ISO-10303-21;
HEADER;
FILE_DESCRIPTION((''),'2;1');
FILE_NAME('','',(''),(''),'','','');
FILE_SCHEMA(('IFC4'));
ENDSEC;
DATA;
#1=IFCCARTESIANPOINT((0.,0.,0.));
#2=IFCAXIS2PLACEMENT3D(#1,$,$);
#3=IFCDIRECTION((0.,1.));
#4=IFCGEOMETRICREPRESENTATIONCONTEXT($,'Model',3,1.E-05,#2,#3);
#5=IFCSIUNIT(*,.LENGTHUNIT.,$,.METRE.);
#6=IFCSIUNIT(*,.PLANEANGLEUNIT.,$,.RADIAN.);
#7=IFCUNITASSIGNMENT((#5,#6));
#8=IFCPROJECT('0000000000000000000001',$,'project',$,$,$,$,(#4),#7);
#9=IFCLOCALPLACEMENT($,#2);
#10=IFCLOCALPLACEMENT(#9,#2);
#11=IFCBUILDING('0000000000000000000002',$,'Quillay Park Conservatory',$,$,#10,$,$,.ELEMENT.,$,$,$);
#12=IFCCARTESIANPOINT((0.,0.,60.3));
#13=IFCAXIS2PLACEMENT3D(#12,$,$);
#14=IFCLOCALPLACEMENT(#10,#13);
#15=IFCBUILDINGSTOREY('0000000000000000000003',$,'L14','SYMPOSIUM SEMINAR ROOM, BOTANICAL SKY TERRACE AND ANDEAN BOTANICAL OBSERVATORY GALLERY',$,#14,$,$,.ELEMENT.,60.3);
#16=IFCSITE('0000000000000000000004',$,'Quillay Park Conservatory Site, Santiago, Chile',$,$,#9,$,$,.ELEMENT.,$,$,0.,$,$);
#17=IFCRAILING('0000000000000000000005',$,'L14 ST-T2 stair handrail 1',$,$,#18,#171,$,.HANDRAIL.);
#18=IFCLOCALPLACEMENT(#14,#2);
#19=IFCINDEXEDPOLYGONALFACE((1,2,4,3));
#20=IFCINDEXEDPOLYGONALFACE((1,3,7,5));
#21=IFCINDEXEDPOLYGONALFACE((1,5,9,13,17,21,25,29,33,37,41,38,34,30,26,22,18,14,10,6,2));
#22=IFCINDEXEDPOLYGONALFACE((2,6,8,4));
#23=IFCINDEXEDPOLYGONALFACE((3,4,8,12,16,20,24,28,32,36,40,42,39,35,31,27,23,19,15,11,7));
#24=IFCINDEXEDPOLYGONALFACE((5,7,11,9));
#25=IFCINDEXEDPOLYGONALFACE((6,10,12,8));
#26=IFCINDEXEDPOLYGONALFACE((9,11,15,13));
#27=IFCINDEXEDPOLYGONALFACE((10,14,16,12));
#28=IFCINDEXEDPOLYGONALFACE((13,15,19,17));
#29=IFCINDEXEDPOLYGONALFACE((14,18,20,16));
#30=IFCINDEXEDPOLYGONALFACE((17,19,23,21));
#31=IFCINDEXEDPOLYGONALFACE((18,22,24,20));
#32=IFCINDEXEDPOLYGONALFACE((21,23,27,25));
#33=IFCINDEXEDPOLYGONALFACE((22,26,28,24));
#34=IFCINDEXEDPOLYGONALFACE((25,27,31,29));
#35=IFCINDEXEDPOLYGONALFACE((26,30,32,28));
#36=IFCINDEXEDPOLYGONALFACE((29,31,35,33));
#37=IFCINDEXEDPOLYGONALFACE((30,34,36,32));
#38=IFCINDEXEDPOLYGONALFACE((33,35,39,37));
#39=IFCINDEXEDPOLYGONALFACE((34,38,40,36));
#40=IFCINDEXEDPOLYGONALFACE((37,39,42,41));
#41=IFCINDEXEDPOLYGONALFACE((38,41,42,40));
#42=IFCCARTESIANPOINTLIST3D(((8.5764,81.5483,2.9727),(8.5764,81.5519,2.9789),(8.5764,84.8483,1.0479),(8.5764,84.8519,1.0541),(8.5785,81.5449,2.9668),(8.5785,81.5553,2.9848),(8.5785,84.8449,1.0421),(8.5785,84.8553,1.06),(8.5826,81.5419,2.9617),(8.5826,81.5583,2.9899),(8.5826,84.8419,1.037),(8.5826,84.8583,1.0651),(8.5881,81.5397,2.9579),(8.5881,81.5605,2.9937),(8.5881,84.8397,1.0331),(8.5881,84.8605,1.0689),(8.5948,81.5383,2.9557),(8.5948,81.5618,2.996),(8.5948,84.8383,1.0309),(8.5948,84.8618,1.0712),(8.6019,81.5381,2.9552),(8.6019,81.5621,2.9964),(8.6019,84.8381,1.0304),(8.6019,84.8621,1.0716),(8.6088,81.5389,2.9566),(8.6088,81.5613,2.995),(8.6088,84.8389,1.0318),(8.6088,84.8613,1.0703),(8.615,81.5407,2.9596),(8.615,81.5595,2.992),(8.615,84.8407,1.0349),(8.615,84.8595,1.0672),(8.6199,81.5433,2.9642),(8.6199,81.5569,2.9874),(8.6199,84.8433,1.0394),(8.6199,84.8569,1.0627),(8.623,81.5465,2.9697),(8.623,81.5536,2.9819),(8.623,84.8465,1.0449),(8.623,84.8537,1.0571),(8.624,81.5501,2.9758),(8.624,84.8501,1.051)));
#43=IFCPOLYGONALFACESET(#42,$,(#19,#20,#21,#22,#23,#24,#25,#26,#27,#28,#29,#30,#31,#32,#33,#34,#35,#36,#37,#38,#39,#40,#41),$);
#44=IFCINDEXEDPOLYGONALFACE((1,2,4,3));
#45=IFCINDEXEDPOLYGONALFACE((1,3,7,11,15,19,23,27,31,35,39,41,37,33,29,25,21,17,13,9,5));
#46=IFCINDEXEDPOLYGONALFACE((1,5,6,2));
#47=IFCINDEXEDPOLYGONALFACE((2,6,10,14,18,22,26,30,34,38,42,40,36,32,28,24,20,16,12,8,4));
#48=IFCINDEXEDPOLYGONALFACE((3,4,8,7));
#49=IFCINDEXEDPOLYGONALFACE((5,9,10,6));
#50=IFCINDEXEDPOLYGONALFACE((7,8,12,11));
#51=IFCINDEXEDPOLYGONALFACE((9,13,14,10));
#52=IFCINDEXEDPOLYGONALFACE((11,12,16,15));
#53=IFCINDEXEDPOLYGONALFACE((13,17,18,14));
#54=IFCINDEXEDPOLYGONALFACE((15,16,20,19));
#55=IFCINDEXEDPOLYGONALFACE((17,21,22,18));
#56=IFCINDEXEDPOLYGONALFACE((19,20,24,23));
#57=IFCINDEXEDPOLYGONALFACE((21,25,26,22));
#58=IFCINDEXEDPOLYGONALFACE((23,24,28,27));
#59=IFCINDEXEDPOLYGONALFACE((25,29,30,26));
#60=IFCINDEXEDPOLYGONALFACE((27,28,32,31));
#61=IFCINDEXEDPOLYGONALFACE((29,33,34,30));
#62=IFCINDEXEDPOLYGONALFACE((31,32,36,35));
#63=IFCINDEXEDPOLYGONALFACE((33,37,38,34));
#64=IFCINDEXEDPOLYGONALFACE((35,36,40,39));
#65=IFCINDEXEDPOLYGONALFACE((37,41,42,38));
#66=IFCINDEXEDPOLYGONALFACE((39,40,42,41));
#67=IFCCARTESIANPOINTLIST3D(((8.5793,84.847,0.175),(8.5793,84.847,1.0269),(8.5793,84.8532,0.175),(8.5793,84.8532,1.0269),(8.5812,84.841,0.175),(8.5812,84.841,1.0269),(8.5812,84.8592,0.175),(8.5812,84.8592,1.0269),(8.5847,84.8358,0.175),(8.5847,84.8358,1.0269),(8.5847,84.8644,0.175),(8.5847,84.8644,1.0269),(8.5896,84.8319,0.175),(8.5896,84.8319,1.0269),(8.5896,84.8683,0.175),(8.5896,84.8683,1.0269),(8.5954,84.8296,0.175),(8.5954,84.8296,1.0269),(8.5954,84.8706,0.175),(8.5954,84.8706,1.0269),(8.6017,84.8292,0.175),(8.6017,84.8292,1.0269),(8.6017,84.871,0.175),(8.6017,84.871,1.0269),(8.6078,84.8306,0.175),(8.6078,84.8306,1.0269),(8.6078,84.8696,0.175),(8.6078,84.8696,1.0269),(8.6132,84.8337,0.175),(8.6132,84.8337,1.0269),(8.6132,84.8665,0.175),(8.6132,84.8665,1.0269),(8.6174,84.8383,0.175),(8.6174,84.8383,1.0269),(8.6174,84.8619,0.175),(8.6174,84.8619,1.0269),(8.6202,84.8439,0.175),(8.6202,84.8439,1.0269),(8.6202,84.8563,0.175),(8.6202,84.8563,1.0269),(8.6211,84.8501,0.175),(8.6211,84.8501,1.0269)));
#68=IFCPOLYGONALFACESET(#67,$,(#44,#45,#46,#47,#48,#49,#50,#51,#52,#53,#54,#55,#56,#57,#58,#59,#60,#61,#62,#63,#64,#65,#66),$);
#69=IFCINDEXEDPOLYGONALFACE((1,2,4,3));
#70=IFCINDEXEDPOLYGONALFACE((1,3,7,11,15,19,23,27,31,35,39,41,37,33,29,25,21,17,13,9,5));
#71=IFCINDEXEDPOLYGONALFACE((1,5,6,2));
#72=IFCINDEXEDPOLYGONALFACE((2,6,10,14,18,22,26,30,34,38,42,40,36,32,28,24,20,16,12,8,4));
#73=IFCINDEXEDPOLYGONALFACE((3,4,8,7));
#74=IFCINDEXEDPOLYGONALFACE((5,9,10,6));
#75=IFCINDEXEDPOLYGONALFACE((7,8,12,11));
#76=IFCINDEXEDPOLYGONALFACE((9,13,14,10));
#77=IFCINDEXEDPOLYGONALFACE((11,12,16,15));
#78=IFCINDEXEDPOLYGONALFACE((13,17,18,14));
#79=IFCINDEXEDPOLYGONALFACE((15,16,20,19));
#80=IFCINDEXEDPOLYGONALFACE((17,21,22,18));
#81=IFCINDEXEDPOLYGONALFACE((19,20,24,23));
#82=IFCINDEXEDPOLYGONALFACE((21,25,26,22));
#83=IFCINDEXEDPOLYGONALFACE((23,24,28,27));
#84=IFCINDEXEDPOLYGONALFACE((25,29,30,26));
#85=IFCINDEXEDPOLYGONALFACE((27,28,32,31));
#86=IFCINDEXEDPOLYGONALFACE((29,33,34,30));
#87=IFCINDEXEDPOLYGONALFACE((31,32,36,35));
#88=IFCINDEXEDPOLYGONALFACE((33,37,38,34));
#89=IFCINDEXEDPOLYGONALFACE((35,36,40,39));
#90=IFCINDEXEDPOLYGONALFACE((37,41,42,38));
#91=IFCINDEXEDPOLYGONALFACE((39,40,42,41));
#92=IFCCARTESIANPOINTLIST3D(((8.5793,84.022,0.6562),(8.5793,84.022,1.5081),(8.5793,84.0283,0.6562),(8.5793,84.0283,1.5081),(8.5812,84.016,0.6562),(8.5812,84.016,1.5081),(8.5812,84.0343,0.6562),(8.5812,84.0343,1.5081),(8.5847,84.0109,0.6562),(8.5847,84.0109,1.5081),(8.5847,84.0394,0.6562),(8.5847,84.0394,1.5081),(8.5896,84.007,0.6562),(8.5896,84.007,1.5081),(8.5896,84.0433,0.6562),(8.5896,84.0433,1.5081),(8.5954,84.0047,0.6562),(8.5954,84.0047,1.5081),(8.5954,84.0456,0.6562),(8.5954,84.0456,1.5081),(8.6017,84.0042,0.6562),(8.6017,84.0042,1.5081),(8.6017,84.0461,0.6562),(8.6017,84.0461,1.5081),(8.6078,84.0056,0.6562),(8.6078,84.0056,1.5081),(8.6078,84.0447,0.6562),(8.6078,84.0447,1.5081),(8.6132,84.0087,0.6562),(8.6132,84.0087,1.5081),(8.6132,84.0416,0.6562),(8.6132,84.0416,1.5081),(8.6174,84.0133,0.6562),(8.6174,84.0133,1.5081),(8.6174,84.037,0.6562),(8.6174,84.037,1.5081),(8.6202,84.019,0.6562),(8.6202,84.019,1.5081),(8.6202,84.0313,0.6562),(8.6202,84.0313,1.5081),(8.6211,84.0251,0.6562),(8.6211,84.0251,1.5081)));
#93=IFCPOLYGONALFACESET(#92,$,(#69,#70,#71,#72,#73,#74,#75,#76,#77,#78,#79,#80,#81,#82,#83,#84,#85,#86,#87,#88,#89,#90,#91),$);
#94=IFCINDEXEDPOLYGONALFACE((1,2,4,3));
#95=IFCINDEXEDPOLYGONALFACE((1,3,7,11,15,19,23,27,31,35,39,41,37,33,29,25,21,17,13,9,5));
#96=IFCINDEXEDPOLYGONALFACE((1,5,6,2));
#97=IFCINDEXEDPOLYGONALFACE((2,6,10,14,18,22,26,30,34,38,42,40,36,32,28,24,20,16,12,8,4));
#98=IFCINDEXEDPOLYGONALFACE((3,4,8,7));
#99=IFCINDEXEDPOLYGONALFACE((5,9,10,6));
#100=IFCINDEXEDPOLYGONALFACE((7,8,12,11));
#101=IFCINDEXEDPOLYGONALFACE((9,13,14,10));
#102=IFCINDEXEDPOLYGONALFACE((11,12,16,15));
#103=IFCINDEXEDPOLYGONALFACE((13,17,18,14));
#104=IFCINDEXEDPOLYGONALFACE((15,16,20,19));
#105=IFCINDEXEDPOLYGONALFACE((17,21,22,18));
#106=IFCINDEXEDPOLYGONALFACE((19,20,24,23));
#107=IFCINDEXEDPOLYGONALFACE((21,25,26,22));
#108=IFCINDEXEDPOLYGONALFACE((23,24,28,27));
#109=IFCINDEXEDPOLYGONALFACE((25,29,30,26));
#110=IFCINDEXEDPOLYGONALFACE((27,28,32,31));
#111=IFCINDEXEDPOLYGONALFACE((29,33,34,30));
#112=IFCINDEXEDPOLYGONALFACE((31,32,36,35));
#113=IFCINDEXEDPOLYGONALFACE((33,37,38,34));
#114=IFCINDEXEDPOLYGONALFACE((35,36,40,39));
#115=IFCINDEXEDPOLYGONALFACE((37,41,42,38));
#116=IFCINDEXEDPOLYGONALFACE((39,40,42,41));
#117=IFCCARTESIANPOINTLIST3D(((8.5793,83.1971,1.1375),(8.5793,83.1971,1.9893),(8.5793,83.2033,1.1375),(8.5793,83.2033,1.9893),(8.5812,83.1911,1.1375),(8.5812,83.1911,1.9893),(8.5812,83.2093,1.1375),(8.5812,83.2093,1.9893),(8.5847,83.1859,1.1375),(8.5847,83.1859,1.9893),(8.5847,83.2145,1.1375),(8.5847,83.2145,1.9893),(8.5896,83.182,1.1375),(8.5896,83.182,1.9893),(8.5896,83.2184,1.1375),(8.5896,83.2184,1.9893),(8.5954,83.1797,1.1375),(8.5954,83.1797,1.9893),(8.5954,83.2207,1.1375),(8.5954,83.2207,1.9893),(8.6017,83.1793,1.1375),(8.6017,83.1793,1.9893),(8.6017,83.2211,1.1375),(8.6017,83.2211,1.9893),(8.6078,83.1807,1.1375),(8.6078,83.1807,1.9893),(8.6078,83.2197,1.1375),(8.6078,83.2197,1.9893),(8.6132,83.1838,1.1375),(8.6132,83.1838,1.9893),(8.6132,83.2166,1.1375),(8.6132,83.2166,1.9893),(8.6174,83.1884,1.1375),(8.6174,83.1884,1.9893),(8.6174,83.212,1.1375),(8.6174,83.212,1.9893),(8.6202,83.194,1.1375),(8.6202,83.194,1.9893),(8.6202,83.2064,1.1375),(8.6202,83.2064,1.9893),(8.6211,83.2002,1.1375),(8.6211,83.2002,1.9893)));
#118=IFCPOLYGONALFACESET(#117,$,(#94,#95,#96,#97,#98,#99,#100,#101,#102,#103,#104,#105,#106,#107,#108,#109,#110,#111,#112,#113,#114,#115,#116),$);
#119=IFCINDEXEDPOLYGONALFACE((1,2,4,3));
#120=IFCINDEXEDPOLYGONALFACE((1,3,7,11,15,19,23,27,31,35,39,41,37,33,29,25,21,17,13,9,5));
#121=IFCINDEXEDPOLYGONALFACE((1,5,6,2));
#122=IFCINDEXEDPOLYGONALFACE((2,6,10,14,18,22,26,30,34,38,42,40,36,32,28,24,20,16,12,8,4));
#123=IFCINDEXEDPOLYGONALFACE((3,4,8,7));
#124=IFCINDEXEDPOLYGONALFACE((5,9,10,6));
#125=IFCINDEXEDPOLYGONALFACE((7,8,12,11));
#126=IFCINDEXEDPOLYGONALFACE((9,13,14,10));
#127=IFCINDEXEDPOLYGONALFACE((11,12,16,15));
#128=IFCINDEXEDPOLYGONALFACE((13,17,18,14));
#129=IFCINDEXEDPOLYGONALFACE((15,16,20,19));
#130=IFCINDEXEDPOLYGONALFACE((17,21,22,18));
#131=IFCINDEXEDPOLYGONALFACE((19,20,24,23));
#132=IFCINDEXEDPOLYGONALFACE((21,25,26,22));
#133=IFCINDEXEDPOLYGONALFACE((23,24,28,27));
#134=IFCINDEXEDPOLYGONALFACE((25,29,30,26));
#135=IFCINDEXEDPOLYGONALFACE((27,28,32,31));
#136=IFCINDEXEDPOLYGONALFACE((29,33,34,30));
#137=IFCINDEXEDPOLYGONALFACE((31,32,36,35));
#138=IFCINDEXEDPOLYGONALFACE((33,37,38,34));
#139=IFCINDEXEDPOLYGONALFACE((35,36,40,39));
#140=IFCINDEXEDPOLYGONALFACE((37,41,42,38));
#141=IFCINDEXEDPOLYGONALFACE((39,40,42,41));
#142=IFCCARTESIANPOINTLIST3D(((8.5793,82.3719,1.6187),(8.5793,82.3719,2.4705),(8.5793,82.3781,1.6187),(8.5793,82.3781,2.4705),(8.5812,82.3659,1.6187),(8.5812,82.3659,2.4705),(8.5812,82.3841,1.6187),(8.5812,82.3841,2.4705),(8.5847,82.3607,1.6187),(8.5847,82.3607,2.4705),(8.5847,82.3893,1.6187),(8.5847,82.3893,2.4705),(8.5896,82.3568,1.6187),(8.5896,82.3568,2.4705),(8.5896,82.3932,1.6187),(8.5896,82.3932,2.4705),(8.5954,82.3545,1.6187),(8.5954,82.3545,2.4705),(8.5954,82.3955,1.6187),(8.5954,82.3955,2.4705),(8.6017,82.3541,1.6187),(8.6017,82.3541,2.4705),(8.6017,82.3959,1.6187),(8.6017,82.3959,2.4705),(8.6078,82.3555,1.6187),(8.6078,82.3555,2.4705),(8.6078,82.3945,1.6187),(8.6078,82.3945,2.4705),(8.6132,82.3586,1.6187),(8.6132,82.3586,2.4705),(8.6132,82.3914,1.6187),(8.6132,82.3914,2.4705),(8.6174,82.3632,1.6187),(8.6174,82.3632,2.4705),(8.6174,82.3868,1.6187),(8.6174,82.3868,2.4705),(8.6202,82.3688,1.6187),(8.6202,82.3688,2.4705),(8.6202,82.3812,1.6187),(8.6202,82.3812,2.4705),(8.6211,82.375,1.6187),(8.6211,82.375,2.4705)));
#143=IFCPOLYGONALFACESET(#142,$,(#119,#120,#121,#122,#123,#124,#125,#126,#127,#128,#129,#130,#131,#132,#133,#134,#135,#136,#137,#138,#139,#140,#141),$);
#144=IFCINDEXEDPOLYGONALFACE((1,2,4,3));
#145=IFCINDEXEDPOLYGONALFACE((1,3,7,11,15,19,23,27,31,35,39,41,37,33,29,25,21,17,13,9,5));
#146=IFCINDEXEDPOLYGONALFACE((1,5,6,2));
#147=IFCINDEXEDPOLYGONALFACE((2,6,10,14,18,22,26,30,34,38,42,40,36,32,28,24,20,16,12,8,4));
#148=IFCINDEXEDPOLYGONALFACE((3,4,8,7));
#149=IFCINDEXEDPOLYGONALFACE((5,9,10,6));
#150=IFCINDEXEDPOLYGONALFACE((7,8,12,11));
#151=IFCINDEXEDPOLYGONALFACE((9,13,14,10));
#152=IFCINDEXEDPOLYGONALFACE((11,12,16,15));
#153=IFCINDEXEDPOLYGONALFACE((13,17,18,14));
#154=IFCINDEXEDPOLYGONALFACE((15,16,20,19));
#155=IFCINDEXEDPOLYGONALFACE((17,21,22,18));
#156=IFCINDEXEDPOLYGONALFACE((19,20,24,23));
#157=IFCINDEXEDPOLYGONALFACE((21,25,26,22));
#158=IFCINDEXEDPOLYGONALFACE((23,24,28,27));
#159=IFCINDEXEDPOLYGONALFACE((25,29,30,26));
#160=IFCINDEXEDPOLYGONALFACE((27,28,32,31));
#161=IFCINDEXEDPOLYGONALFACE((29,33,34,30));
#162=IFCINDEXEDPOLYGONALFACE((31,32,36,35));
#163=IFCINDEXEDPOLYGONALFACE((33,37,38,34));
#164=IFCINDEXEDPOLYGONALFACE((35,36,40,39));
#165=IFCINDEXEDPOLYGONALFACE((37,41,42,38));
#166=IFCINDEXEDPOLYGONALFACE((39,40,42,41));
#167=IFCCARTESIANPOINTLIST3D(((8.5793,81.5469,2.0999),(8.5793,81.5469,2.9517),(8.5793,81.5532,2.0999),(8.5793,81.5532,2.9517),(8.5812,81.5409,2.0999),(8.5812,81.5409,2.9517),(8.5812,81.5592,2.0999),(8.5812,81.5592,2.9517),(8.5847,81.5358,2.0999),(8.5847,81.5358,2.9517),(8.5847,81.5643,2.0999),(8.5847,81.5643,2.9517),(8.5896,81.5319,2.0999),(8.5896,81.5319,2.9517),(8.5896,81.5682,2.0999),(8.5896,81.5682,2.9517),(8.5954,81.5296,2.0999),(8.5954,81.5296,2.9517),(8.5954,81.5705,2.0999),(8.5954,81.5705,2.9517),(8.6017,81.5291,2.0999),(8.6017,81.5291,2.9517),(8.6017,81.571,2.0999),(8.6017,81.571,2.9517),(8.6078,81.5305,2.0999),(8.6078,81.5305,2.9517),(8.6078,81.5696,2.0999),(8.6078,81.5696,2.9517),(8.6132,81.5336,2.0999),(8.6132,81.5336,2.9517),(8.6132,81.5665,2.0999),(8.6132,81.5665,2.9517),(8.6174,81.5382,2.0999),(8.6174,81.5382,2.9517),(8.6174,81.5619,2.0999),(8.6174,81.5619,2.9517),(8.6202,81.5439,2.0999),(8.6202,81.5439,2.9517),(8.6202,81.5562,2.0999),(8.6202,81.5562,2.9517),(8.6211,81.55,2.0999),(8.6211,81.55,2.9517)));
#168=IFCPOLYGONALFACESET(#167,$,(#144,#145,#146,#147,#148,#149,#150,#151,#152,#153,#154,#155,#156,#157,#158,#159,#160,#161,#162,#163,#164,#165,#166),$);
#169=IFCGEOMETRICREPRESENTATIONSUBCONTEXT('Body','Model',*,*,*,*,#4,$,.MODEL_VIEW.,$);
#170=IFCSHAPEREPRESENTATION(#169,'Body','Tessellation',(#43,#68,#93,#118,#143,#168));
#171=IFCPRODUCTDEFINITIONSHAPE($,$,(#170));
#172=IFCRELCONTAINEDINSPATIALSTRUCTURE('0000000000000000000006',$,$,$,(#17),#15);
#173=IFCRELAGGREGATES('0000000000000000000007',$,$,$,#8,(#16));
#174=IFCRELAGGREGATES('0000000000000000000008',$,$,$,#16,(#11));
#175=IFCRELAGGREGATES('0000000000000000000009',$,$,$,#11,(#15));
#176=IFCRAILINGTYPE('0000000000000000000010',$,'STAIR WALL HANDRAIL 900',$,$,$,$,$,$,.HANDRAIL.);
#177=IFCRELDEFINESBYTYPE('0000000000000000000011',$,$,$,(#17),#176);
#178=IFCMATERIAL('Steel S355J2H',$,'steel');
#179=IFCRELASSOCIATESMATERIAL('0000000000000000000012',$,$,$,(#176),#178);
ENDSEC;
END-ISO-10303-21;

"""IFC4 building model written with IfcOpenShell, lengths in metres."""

from ifc_helpers import new_model, si_unit, direction, frame, origin, origin_2d, place, context, subcontext, project, spatial, circle, extrude, material, type_object, element, save


model = new_model("IFC4")

# Units and contexts
model_context = context("Model", 3, precision=1e-05, world=origin(), true_north=direction((0.0, 1.0)))
body_context = subcontext(model_context, "Body", "Model", "MODEL_VIEW")
ifc_project = project(units=[si_unit("LENGTHUNIT", "METRE"), si_unit("PLANEANGLEUNIT", "RADIAN")], contexts=[model_context])

# Site, building, storey
site_placement = place(None, origin())
site = spatial("IfcSite", under=ifc_project, at=site_placement, Name="Quillay Park Conservatory Site, Santiago, Chile", CompositionType="ELEMENT", RefElevation=0.0)
building_placement = place(site_placement, origin())
building = spatial("IfcBuilding", under=site, at=building_placement, Name="Quillay Park Conservatory", CompositionType="ELEMENT")
storey_placement = place(building_placement, frame((0.0, 0.0, 60.3)))
storey = spatial("IfcBuildingStorey", under=building, at=storey_placement, Name="L14", Description="SYMPOSIUM SEMINAR ROOM, BOTANICAL SKY TERRACE AND ANDEAN BOTANICAL OBSERVATORY GALLERY", CompositionType="ELEMENT", Elevation=60.3)

# Railing
ifc_material_1 = material(Name="Steel S355J2H", Category="steel")
railing_type_1 = type_object("IfcRailingType", Name="STAIR WALL HANDRAIL 900", PredefinedType="HANDRAIL", material=ifc_material_1)
railing_1_placement = place(storey_placement, frame((8.6001, 84.8501, 0.175)))
element("IfcRailing", 1, at=railing_1_placement, inside=storey, type_object=railing_type_1, Name="L14 ST-T2 stair handrail 1", PredefinedType="HANDRAIL", context=body_context, shape_type="SweptSolid", body=[
    extrude(circle(Radius=0.0239, at=origin_2d()), frame((0.0, 0.0, 0.876), z_axis=(0.0, -0.863804, 0.503827), x_axis=(1.0, 0.0, 0.0)), (0.0, 0.0, 1.0), 3.8203),
    extrude(circle(Radius=0.021, at=origin_2d()), origin(), (0.0, 0.0, 1.0), 0.8518),
    extrude(circle(Radius=0.021, at=origin_2d()), frame((0.0, -0.825, 0.4812)), (0.0, 0.0, 1.0), 0.8518),
    extrude(circle(Radius=0.021, at=origin_2d()), frame((0.0, -1.6499, 0.9624)), (0.0, 0.0, 1.0), 0.8518),
    extrude(circle(Radius=0.021, at=origin_2d()), frame((0.0, -2.4751, 1.4436)), (0.0, 0.0, 1.0), 0.8518),
    extrude(circle(Radius=0.021, at=origin_2d()), frame((0.0, -3.3, 1.9248)), (0.0, 0.0, 1.0), 0.8518),
])

save(model, "model.ifc")
